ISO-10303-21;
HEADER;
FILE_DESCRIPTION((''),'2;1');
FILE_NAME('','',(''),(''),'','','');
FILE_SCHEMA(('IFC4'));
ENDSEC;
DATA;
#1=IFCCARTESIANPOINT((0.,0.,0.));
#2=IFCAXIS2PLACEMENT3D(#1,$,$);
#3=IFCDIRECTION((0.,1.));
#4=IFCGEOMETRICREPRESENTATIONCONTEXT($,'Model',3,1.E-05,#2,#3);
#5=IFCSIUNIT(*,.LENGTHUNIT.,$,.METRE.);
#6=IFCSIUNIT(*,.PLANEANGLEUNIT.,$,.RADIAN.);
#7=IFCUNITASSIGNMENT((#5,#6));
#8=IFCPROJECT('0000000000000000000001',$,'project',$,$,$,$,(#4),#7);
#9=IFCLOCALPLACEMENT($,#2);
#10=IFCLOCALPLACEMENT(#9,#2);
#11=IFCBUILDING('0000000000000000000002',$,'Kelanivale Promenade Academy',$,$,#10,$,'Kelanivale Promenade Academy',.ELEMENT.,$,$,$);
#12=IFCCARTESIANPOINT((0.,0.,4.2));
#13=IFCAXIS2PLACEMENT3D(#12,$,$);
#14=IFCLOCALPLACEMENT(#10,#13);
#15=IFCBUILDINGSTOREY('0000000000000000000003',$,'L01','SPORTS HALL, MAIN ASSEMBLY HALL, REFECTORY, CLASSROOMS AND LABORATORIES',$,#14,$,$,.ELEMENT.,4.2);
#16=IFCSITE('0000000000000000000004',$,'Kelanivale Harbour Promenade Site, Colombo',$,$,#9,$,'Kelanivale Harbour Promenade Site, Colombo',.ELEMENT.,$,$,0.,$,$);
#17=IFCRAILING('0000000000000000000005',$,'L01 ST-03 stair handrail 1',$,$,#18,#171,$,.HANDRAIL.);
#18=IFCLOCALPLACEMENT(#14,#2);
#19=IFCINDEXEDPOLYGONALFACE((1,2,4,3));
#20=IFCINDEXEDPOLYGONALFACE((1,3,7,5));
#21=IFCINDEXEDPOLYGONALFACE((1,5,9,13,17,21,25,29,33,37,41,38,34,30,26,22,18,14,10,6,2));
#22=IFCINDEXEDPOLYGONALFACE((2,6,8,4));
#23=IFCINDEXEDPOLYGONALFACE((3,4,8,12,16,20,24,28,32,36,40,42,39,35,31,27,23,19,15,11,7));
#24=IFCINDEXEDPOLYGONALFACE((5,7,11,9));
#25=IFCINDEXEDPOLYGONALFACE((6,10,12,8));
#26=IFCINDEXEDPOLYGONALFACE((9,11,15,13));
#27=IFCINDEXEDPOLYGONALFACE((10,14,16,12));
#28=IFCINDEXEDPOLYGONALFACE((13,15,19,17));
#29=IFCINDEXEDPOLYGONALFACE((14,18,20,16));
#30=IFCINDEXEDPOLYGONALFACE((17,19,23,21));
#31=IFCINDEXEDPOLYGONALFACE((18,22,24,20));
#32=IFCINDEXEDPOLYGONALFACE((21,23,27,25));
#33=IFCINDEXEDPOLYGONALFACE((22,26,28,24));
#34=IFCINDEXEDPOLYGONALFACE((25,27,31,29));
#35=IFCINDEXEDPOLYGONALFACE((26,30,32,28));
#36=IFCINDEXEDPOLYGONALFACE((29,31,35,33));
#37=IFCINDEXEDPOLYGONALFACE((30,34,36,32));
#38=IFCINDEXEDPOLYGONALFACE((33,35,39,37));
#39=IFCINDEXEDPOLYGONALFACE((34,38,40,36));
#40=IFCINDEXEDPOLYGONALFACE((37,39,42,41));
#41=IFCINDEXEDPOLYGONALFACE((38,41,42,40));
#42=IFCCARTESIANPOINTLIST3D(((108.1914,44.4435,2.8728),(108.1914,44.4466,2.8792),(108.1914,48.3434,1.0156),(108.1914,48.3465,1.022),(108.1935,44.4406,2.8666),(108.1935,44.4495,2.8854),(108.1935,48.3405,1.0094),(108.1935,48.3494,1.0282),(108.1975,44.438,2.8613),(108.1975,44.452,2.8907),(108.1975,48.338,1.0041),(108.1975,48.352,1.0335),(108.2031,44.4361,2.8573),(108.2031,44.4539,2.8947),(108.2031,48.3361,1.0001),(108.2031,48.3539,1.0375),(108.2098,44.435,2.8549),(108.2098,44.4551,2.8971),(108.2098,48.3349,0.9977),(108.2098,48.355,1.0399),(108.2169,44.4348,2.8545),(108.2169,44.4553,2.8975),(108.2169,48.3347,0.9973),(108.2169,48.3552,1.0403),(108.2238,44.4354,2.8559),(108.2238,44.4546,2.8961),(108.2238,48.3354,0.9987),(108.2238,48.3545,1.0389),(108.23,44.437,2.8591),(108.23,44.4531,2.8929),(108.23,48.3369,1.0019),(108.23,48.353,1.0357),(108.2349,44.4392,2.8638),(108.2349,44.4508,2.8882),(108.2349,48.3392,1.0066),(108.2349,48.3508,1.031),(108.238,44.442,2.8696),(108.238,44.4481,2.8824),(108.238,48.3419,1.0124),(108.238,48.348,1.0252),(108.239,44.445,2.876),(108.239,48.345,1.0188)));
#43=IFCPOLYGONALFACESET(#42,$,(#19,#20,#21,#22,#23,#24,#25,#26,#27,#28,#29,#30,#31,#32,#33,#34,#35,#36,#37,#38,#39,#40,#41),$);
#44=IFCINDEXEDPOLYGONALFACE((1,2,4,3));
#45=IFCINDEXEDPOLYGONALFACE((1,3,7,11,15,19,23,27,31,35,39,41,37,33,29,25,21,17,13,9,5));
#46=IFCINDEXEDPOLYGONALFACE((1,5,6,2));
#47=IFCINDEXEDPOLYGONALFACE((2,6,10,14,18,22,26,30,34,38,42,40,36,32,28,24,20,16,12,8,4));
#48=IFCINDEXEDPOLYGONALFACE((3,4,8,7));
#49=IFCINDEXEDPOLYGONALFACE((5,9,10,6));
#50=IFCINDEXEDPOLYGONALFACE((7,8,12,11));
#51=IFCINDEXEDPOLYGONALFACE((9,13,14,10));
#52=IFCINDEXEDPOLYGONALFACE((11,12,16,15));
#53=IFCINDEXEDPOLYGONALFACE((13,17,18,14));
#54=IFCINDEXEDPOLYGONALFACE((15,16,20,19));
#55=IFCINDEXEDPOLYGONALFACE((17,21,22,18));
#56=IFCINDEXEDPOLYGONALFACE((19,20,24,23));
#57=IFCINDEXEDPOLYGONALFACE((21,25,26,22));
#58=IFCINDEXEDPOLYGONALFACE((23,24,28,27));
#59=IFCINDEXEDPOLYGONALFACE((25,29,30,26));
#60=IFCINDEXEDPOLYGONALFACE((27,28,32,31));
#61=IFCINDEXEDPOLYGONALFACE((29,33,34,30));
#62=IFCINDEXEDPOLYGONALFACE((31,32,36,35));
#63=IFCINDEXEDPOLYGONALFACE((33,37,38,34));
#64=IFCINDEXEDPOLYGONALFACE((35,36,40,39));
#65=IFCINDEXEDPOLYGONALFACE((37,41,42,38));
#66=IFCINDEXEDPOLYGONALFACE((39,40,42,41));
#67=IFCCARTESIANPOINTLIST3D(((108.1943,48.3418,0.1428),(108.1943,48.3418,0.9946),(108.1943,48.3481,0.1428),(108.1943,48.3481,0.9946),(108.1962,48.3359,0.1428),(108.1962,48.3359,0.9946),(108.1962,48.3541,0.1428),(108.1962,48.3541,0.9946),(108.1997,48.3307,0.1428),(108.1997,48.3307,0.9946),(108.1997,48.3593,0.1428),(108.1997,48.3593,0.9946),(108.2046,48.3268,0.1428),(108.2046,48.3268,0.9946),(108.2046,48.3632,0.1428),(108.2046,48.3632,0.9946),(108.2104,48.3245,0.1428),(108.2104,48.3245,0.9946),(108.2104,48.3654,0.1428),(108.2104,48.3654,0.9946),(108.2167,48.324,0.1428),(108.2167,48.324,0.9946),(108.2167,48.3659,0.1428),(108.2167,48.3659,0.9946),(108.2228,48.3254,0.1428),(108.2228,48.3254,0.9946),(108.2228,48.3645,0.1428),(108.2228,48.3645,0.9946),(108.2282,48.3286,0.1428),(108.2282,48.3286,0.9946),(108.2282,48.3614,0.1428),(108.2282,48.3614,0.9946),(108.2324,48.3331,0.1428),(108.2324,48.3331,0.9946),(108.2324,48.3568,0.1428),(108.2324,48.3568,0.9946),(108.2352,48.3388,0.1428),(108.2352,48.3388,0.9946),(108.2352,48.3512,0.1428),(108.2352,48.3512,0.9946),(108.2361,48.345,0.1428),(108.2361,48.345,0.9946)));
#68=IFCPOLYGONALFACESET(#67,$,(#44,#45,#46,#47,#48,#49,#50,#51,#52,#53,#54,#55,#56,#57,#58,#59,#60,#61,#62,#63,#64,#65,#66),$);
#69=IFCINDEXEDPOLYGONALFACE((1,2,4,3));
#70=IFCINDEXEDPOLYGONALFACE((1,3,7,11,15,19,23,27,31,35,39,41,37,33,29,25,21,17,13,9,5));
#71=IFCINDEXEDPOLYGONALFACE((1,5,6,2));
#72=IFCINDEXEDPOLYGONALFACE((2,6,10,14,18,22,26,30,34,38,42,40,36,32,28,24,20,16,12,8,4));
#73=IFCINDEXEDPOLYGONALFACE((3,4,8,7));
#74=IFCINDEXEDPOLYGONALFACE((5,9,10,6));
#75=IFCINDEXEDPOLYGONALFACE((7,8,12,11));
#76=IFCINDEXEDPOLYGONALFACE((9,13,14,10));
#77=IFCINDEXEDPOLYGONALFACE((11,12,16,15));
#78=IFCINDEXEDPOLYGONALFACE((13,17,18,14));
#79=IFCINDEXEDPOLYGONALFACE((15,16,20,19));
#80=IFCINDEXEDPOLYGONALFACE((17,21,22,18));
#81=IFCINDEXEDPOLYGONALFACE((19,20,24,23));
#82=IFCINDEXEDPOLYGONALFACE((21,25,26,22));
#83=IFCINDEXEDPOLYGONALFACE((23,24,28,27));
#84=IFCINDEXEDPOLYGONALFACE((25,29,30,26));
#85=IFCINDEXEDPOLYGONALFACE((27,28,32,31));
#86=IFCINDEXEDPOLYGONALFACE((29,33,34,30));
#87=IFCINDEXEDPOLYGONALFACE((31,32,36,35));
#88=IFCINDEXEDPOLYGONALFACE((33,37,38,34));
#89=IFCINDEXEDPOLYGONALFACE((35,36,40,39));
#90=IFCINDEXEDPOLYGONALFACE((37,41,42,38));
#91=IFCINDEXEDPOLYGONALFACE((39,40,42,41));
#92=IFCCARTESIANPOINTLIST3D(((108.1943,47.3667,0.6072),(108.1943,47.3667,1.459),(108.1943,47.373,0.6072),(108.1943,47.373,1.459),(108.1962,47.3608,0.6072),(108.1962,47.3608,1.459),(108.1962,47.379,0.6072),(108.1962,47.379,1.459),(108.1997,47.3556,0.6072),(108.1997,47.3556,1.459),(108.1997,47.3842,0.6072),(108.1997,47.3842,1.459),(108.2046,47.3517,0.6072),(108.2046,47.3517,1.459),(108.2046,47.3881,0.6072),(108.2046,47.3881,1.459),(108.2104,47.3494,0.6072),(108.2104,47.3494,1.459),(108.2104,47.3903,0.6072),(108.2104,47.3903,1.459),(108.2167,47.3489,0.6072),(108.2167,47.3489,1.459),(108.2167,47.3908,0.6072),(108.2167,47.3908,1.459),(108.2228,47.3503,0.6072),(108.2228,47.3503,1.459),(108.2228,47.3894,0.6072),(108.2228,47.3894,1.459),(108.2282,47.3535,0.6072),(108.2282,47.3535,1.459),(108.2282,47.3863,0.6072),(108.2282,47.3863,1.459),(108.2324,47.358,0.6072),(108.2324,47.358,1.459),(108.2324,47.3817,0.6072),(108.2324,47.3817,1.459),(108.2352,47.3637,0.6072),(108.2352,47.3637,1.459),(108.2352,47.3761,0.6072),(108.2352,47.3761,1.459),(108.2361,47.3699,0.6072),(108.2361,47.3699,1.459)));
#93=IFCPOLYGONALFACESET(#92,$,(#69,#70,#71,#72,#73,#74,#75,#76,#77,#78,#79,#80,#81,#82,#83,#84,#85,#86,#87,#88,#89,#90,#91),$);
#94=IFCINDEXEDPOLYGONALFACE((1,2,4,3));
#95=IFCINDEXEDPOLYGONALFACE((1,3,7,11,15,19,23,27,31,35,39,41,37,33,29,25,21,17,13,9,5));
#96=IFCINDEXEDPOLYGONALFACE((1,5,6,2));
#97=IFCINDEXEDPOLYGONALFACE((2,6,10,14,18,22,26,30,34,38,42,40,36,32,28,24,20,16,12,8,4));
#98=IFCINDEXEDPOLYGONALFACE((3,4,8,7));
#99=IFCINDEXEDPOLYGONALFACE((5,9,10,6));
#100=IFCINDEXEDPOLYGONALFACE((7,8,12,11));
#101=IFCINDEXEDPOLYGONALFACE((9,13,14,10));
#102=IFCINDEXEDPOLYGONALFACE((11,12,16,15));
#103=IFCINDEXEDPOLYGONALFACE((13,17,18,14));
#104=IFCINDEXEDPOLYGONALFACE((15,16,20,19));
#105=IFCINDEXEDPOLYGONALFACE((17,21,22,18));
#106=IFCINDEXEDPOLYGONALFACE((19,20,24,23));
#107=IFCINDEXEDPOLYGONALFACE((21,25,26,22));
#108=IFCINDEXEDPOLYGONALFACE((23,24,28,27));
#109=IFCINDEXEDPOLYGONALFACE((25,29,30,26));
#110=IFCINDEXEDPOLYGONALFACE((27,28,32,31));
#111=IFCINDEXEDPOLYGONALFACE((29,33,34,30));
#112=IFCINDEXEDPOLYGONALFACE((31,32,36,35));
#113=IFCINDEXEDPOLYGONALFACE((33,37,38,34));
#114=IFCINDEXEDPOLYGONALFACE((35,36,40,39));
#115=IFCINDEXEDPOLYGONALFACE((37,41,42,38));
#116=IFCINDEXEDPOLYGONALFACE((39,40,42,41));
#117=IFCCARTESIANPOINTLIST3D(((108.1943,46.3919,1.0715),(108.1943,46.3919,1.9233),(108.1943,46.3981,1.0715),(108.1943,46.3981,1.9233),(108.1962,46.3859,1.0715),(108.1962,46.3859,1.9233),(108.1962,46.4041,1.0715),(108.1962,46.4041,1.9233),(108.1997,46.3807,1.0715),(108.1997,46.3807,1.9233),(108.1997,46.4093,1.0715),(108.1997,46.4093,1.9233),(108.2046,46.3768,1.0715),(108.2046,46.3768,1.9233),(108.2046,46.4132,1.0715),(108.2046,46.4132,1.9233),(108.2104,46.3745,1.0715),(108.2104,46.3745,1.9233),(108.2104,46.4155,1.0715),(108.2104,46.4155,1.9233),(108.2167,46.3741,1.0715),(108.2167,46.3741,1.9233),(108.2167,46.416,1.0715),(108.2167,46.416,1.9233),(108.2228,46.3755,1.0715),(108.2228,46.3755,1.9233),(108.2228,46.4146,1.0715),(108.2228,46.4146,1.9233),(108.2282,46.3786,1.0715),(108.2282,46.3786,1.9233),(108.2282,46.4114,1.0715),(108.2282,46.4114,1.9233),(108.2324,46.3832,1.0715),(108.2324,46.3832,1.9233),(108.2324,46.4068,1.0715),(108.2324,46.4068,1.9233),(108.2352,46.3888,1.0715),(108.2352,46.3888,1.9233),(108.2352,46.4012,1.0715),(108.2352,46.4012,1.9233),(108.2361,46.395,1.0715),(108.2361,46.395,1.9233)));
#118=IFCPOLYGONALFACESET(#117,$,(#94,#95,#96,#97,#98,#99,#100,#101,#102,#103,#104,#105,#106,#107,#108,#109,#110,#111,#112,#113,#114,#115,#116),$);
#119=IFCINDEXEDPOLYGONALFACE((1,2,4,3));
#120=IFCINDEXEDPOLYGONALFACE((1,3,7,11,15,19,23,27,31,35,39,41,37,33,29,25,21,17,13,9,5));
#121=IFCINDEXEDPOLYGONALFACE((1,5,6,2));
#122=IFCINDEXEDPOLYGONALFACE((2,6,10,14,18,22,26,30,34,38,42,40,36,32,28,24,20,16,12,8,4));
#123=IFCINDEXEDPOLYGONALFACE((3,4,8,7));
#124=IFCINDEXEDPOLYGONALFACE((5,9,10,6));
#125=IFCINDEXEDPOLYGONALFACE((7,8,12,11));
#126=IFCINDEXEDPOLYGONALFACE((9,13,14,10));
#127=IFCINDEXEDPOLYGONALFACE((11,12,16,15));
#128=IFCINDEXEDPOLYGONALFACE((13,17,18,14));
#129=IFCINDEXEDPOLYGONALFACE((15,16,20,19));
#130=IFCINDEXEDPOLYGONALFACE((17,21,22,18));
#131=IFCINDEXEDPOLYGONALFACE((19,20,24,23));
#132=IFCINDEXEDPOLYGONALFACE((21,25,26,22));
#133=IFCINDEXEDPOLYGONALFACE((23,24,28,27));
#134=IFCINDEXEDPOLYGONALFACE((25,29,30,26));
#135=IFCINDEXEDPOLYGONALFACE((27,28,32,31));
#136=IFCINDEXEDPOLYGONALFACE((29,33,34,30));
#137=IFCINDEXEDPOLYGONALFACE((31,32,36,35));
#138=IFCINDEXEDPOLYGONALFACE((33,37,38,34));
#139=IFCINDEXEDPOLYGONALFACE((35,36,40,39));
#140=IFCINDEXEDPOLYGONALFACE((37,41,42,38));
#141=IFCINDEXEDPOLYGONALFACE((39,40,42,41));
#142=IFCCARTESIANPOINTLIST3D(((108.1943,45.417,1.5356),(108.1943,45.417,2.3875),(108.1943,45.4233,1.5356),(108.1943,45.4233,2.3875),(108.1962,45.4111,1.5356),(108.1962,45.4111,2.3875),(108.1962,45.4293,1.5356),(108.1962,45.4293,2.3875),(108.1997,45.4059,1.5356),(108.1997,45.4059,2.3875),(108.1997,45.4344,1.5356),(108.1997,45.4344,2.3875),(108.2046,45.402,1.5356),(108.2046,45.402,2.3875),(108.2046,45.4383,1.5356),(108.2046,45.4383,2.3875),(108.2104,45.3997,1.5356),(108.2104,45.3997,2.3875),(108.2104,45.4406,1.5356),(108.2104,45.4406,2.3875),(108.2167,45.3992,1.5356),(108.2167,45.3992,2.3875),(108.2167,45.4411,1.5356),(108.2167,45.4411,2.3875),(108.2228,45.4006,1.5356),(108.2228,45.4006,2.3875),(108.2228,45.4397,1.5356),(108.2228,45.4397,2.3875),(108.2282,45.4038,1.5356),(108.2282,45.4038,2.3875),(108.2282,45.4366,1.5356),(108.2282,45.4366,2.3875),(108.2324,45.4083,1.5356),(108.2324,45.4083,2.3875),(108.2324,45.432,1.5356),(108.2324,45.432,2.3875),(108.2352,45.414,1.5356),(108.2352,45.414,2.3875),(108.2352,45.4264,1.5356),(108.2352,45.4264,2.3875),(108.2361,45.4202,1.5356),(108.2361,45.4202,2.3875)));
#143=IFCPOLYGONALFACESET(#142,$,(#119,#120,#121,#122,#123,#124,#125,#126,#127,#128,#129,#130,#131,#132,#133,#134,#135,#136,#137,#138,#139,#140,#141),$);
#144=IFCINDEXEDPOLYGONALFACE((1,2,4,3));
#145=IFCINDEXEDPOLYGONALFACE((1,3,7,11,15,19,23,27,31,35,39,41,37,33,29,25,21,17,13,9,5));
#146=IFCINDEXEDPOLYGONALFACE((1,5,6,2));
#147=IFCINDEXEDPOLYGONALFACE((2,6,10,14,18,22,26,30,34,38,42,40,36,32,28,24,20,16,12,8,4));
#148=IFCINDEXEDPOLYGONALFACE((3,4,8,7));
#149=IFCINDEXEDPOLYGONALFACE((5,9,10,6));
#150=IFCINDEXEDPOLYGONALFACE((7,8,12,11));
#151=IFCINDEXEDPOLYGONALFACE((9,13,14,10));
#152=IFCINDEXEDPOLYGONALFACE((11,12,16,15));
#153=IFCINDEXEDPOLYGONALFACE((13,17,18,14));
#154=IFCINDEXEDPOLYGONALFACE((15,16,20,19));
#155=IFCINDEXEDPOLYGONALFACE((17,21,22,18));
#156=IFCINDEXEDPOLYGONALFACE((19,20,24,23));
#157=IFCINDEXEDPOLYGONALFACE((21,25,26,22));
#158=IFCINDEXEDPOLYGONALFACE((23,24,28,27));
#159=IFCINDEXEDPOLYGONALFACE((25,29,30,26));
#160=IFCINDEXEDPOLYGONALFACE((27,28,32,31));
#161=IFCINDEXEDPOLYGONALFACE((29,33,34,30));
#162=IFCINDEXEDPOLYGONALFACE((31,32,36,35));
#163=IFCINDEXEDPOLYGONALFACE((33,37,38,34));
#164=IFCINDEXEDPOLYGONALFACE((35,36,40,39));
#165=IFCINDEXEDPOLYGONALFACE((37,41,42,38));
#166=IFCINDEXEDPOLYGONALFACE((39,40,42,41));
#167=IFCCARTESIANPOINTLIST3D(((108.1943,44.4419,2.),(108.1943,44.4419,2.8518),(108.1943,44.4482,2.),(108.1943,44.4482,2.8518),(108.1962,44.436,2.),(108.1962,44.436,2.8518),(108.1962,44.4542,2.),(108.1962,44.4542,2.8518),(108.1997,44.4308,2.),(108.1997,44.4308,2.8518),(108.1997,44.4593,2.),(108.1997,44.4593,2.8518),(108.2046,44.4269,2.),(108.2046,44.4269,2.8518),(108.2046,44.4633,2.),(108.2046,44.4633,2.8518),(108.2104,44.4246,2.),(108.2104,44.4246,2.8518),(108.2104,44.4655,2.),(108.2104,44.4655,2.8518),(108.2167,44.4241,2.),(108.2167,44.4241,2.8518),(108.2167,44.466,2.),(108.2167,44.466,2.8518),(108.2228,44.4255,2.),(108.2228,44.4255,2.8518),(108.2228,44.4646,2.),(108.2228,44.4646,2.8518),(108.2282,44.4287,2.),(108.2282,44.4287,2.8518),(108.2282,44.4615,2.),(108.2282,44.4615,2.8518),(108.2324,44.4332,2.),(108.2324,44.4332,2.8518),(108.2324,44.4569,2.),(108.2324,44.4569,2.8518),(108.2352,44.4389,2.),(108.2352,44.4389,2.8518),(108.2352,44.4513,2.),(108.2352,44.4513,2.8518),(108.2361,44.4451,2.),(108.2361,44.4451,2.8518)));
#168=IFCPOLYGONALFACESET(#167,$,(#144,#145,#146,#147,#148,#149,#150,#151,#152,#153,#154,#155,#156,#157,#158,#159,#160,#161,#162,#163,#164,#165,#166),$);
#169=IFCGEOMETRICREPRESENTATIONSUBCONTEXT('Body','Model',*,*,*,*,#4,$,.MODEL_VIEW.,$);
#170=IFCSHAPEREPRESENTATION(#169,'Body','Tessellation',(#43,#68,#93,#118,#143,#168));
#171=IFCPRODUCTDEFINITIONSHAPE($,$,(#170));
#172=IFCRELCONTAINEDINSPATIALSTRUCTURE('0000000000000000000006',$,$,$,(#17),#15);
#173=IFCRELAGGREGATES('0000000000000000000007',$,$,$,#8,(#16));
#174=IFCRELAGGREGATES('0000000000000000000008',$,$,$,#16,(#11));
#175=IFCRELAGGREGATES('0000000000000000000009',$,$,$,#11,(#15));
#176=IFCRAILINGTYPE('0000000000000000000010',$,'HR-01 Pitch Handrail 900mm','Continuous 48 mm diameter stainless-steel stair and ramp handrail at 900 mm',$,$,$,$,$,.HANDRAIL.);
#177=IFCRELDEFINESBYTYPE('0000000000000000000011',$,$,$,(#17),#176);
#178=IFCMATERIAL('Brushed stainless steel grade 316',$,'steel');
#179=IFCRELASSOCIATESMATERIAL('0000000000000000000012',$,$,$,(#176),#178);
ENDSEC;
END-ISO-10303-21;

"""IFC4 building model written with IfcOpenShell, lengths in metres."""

from ifc_helpers import new_model, si_unit, direction, frame, origin, origin_2d, place, context, subcontext, project, spatial, circle, extrude, material, type_object, element, save


model = new_model("IFC4")

# Units and contexts
model_context = context("Model", 3, precision=1e-05, world=origin(), true_north=direction((0.0, 1.0)))
body_context = subcontext(model_context, "Body", "Model", "MODEL_VIEW")
ifc_project = project(units=[si_unit("LENGTHUNIT", "METRE"), si_unit("PLANEANGLEUNIT", "RADIAN")], contexts=[model_context])

# Site, building, storey
site_placement = place(None, origin())
site = spatial("IfcSite", under=ifc_project, at=site_placement, Name="Kelanivale Harbour Promenade Site, Colombo", LongName="Kelanivale Harbour Promenade Site, Colombo", CompositionType="ELEMENT", RefElevation=0.0)
building_placement = place(site_placement, origin())
building = spatial("IfcBuilding", under=site, at=building_placement, Name="Kelanivale Promenade Academy", LongName="Kelanivale Promenade Academy", CompositionType="ELEMENT")
storey_placement = place(building_placement, frame((0.0, 0.0, 4.2)))
storey = spatial("IfcBuildingStorey", under=building, at=storey_placement, Name="L01", Description="SPORTS HALL, MAIN ASSEMBLY HALL, REFECTORY, CLASSROOMS AND LABORATORIES", CompositionType="ELEMENT", Elevation=4.2)

# Railing
ifc_material_1 = material(Name="Brushed stainless steel grade 316", Category="steel")
railing_type_1 = type_object("IfcRailingType", Name="HR-01 Pitch Handrail 900mm", Description="Continuous 48 mm diameter stainless-steel stair and ramp handrail at 900 mm", PredefinedType="HANDRAIL", material=ifc_material_1)
railing_1_placement = place(storey_placement, frame((108.2151, 48.345, 0.1428)))
element("IfcRailing", 1, at=railing_1_placement, inside=storey, type_object=railing_type_1, Name="L01 ST-03 stair handrail 1", PredefinedType="HANDRAIL", context=body_context, shape_type="SweptSolid", body=[
    extrude(circle(Radius=0.0239, at=origin_2d()), frame((0.0, 0.0, 0.876), z_axis=(0.0, -0.902853, 0.429949), x_axis=(1.0, 0.0, 0.0)), (0.0, 0.0, 1.0), 4.3196),
    extrude(circle(Radius=0.021, at=origin_2d()), origin(), (0.0, 0.0, 1.0), 0.8518),
    extrude(circle(Radius=0.021, at=origin_2d()), frame((0.0, -0.9751, 0.4644)), (0.0, 0.0, 1.0), 0.8518),
    extrude(circle(Radius=0.021, at=origin_2d()), frame((0.0, -1.95, 0.9287)), (0.0, 0.0, 1.0), 0.8518),
    extrude(circle(Radius=0.021, at=origin_2d()), frame((0.0, -2.9248, 1.3928)), (0.0, 0.0, 1.0), 0.8518),
    extrude(circle(Radius=0.021, at=origin_2d()), frame((0.0, -3.8999, 1.8572)), (0.0, 0.0, 1.0), 0.8518),
])

save(model, "model.ifc")
